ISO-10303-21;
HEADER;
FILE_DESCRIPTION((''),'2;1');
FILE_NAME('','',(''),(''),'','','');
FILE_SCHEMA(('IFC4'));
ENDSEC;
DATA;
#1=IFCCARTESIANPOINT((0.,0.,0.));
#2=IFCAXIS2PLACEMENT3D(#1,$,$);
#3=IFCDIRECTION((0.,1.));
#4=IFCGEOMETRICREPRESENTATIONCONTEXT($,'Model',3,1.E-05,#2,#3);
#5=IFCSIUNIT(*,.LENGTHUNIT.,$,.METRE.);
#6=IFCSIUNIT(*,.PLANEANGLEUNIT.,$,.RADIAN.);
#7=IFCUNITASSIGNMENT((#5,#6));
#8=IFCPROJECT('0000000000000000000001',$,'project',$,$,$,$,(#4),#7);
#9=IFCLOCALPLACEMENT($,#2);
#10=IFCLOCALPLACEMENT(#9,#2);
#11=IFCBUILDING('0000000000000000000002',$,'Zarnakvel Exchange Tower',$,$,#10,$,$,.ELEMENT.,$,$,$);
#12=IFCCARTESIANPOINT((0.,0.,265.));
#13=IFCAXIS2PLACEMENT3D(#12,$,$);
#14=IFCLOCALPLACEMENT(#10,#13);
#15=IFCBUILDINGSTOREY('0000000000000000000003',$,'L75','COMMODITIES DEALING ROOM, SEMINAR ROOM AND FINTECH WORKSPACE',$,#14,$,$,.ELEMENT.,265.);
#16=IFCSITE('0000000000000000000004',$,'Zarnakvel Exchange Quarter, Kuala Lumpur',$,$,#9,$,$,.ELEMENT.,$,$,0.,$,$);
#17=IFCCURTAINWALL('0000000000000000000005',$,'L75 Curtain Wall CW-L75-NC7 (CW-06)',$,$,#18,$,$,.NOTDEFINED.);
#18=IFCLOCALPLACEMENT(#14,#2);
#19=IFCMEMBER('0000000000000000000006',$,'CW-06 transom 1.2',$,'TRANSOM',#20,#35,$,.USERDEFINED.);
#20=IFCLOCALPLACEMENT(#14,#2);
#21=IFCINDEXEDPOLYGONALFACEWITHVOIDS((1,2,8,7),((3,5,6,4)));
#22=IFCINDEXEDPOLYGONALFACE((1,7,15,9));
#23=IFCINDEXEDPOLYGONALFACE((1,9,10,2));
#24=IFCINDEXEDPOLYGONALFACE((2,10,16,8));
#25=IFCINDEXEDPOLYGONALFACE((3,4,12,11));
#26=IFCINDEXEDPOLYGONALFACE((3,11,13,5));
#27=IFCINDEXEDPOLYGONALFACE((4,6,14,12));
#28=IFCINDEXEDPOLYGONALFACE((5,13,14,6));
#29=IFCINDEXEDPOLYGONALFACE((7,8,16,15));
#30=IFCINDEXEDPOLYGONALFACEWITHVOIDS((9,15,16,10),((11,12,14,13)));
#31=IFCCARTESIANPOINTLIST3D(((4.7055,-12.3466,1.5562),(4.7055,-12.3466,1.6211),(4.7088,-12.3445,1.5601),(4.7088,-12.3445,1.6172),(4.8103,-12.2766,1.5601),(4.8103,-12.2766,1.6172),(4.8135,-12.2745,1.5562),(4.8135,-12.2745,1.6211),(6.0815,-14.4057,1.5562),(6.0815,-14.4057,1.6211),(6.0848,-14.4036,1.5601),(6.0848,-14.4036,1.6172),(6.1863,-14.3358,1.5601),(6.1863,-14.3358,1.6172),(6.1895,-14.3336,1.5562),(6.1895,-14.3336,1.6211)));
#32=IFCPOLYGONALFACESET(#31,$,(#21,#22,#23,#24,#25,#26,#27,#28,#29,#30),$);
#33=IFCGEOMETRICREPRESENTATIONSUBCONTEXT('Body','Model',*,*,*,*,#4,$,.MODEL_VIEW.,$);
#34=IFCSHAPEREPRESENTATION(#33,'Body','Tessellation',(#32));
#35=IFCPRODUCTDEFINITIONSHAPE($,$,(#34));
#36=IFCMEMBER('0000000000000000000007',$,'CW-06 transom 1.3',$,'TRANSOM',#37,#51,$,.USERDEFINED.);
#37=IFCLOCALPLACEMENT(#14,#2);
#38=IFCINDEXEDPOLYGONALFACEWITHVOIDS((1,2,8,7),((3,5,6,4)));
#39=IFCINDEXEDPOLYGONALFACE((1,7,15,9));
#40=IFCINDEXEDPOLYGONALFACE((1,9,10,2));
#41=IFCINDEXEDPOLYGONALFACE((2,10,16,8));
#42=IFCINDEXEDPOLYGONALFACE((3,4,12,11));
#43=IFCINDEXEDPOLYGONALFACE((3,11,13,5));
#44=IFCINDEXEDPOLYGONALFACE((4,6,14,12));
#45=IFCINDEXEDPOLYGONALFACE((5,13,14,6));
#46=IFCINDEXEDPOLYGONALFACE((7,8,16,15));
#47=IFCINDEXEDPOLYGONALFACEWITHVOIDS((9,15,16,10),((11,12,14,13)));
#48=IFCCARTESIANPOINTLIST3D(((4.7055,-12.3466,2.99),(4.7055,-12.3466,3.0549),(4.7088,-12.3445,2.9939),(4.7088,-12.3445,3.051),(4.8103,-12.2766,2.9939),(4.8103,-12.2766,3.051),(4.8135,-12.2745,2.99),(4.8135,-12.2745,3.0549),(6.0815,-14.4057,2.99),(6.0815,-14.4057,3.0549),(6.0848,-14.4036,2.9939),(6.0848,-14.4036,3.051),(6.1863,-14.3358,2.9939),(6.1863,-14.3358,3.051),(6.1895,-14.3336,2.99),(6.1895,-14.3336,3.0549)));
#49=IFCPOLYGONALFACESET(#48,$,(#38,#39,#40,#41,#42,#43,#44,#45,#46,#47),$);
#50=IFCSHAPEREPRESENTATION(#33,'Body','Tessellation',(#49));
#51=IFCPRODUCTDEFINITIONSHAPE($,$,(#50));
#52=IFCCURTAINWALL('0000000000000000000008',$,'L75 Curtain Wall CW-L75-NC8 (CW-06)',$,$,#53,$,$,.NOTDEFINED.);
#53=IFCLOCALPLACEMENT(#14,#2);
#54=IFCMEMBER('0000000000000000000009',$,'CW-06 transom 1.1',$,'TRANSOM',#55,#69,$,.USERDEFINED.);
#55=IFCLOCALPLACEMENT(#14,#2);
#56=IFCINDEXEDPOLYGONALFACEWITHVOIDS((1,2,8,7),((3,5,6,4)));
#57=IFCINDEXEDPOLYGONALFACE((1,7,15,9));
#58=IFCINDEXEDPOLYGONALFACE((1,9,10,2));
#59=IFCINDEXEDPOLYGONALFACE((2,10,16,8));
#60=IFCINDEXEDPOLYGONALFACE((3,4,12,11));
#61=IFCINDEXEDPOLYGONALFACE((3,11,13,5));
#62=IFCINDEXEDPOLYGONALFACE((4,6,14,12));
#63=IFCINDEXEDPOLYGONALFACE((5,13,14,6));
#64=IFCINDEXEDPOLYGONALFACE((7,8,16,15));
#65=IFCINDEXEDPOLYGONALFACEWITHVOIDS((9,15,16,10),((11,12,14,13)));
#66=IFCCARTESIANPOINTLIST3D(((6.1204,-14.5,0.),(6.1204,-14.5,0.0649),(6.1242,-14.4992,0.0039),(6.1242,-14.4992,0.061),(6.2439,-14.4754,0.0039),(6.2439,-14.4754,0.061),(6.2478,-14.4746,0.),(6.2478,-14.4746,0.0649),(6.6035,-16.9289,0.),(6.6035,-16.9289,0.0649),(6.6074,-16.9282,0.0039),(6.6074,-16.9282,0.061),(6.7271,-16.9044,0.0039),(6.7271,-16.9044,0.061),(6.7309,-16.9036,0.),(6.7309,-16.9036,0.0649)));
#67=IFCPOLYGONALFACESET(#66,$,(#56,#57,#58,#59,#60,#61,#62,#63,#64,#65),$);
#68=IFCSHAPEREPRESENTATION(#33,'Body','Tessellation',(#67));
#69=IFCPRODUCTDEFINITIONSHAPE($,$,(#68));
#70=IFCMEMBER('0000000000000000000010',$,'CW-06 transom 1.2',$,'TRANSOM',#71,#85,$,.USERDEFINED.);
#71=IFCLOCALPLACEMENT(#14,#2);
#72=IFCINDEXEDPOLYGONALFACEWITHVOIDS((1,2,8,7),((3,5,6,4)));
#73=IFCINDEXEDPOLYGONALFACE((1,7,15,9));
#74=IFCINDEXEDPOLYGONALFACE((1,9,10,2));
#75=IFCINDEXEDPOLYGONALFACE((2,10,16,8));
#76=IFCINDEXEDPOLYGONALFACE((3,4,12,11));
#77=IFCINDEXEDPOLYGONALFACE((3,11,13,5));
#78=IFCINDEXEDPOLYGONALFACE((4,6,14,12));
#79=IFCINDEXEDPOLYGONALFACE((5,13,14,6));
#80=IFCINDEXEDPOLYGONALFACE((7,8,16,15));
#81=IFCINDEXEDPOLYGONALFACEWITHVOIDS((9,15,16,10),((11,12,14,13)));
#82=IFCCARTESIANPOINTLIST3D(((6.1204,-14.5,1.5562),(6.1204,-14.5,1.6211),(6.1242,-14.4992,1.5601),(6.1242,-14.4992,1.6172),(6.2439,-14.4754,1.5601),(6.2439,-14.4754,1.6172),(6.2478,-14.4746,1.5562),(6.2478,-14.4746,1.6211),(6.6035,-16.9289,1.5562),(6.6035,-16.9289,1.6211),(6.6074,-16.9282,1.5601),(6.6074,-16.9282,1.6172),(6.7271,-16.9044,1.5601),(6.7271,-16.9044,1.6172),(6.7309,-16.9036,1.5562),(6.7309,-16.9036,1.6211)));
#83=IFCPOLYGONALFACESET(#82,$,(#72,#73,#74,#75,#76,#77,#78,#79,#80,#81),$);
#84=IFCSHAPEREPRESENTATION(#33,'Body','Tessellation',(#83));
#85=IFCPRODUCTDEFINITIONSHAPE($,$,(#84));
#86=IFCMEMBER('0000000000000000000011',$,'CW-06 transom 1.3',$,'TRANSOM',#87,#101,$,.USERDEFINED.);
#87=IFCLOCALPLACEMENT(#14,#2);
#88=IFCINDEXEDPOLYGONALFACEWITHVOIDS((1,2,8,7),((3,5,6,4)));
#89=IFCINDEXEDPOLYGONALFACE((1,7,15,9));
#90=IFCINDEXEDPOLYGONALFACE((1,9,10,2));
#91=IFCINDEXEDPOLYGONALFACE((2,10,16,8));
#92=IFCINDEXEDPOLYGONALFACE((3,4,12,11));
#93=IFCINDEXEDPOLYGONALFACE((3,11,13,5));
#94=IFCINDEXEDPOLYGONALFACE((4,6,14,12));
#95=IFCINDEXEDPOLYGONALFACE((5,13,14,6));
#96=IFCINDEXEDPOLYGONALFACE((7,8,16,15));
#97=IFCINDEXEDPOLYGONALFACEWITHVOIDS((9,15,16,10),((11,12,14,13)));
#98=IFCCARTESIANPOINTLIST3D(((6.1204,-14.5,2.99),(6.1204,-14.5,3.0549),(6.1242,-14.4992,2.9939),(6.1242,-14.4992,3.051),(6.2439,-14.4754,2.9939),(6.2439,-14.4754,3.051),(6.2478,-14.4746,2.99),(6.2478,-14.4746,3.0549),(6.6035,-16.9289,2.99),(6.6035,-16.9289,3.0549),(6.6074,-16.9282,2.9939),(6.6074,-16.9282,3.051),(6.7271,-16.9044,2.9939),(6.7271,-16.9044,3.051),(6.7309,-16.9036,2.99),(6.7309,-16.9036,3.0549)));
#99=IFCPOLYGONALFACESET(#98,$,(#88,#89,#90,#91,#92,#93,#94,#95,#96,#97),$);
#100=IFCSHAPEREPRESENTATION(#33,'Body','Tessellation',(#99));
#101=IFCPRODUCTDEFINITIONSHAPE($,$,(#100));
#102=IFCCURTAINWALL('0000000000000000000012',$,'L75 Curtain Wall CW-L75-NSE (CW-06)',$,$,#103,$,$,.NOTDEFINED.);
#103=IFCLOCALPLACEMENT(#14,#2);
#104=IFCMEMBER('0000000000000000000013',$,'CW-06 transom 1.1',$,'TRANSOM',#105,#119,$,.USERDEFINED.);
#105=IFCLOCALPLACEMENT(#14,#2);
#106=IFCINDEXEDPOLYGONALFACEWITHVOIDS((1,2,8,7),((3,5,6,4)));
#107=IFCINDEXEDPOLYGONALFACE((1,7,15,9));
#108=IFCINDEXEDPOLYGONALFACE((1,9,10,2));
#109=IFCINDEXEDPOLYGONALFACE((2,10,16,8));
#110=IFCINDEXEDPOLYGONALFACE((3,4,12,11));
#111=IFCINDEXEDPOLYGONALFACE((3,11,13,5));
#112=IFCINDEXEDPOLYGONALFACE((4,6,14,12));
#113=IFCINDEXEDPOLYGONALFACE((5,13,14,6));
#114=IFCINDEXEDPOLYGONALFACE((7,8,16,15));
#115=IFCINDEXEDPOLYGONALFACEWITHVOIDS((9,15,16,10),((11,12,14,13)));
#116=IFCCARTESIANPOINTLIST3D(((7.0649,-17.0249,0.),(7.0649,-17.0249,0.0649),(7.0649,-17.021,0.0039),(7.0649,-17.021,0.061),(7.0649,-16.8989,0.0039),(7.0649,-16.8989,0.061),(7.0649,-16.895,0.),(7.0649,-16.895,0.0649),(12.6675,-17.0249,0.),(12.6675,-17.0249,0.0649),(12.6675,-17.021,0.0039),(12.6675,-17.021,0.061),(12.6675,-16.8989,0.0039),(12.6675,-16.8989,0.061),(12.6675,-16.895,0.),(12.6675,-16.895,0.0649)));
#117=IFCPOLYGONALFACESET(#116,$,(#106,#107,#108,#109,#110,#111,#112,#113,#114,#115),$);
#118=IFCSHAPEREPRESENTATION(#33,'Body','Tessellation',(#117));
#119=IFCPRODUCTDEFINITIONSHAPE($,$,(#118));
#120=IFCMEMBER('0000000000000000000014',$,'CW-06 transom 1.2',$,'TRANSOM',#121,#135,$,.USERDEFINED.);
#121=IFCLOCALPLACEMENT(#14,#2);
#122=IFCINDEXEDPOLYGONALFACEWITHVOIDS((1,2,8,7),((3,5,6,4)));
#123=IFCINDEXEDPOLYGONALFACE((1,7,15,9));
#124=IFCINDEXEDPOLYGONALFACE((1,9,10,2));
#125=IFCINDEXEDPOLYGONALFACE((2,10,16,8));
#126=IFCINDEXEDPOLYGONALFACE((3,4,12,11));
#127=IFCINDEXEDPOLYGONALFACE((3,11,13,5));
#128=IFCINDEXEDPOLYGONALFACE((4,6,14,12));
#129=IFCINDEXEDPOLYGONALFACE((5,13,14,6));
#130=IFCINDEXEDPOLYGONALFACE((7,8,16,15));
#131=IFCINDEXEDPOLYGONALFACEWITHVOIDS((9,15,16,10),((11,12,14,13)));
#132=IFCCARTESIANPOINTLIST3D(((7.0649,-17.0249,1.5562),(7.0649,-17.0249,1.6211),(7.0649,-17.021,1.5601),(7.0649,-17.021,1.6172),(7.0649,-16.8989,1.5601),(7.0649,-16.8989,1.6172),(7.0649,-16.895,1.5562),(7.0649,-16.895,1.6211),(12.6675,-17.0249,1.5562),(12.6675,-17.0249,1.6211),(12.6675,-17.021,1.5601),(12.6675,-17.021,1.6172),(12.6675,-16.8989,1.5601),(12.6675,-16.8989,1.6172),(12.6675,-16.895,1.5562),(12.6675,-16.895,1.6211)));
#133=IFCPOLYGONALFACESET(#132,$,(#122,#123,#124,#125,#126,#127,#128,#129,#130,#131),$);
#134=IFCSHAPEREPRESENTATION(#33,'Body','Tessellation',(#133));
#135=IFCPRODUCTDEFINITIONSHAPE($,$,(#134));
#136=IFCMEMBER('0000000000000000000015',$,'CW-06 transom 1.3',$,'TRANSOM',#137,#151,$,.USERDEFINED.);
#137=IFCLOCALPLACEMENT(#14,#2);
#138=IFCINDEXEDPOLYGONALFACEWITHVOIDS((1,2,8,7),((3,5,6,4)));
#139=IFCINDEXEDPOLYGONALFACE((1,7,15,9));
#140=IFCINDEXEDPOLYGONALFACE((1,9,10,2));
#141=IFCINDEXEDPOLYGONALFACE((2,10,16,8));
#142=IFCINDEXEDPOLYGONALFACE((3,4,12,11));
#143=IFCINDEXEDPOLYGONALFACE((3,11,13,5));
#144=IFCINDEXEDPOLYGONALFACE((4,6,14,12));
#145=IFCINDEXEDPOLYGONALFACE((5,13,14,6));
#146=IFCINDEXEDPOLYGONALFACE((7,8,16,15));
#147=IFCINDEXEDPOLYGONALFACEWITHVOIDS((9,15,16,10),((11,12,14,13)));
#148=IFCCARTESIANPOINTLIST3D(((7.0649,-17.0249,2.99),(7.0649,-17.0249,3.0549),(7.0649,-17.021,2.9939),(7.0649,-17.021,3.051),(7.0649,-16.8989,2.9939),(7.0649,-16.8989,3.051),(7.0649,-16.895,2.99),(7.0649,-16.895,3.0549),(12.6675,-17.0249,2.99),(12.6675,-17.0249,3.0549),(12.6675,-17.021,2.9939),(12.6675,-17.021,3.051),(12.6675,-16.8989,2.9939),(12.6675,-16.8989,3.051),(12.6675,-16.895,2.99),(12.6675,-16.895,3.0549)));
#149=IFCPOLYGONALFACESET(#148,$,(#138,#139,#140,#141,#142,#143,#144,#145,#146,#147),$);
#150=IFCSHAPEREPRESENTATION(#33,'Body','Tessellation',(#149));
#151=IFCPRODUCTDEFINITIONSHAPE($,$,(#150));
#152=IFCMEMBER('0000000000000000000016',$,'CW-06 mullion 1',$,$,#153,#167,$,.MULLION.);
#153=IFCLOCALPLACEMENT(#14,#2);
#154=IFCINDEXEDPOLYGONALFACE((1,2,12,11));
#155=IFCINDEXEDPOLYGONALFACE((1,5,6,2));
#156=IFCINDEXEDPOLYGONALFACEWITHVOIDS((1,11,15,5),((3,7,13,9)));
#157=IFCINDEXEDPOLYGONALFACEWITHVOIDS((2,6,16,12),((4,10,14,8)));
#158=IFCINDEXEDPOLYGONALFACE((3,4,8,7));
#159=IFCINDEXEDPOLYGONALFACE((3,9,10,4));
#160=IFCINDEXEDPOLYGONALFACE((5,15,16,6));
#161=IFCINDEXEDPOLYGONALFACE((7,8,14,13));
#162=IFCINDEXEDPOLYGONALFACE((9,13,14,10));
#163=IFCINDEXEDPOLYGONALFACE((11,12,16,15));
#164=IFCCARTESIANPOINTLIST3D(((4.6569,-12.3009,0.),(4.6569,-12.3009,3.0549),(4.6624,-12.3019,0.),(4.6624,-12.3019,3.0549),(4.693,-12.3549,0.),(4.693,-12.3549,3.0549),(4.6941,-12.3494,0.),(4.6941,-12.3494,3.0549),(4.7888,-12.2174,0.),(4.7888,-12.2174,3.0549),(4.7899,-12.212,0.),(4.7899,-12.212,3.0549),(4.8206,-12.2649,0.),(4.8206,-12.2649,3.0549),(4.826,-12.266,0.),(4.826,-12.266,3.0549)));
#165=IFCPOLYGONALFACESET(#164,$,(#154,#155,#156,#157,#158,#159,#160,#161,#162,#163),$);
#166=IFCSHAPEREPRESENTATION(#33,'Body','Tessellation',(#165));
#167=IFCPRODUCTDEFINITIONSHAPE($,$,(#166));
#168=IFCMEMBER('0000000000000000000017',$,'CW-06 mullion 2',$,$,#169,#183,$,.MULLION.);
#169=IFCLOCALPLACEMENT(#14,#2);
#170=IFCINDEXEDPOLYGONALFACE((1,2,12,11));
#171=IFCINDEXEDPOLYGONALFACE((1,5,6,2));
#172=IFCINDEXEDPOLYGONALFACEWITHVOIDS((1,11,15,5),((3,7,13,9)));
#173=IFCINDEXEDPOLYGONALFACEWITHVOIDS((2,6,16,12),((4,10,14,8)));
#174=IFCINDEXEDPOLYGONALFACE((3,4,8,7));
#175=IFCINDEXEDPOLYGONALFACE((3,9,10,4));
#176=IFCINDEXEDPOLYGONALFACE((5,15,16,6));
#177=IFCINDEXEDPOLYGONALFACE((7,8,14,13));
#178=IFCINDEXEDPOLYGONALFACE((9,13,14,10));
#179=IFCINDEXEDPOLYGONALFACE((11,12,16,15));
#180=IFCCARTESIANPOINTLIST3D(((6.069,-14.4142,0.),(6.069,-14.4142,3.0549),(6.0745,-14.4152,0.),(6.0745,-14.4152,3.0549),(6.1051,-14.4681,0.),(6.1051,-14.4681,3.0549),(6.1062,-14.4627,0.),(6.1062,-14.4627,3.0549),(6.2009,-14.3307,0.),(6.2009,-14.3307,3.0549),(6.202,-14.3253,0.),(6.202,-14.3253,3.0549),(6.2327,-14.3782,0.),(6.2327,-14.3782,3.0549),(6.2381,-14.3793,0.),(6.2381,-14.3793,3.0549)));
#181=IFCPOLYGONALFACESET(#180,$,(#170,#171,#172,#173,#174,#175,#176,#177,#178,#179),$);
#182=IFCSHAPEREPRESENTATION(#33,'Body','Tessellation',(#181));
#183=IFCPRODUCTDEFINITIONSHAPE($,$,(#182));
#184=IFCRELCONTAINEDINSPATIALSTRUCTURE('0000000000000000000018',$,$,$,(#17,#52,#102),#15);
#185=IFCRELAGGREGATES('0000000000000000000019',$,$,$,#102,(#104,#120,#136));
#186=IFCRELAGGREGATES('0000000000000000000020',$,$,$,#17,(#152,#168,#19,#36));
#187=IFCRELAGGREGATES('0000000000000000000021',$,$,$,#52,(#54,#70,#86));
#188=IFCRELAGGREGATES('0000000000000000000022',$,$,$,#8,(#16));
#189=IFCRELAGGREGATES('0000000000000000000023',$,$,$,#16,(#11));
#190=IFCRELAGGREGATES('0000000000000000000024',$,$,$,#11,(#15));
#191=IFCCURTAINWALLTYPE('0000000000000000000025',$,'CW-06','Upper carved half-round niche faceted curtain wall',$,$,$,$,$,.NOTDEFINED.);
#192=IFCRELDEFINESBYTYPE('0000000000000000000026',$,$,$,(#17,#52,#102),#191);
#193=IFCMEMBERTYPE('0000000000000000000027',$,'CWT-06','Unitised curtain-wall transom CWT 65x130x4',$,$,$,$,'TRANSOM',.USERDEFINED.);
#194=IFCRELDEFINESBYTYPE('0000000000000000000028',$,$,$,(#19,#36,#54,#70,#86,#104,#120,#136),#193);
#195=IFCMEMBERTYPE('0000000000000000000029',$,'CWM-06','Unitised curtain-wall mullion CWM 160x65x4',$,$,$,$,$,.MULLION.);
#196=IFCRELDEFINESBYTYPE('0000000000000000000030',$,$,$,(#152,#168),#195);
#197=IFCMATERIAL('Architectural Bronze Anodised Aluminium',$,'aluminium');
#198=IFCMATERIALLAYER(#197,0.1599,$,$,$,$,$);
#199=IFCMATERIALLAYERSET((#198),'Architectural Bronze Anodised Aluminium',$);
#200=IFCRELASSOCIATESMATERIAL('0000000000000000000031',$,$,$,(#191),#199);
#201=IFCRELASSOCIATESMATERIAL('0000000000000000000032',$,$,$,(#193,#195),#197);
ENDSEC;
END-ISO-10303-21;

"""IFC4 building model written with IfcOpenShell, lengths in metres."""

from ifc_helpers import new_model, si_unit, direction, frame, origin, origin_2d, place, context, subcontext, project, spatial, hollow_rectangle, extrude, source, transform, mapped, material, layer, layer_set, material_profile, profile_set, type_object, element, aggregate, save


model = new_model("IFC4")

# Units and contexts
model_context = context("Model", 3, precision=1e-05, world=origin(), true_north=direction((0.0, 1.0)))
body_context = subcontext(model_context, "Body", "Model", "MODEL_VIEW")
ifc_project = project(units=[si_unit("LENGTHUNIT", "METRE"), si_unit("PLANEANGLEUNIT", "RADIAN")], contexts=[model_context])

# Site, building, storey
site_placement = place(None, origin())
site = spatial("IfcSite", under=ifc_project, at=site_placement, Name="Zarnakvel Exchange Quarter, Kuala Lumpur", CompositionType="ELEMENT", RefElevation=0.0)
building_placement = place(site_placement, origin())
building = spatial("IfcBuilding", under=site, at=building_placement, Name="Zarnakvel Exchange Tower", CompositionType="ELEMENT")
storey_placement = place(building_placement, frame((0.0, 0.0, 265.0)))
storey = spatial("IfcBuildingStorey", under=building, at=storey_placement, Name="L75", Description="COMMODITIES DEALING ROOM, SEMINAR ROOM AND FINTECH WORKSPACE", CompositionType="ELEMENT", Elevation=265.0)

# Curtain walls, members
ifc_material_1 = material(Name="Architectural Bronze Anodised Aluminium", Category="aluminium")
ifc_layer_1 = layer(ifc_material_1, 0.1599)
ifc_layer_set_1 = layer_set([ifc_layer_1], Name="Architectural Bronze Anodised Aluminium")
curtain_wall_type = type_object("IfcCurtainWallType", Name="CW-06", Description="Upper carved half-round niche faceted curtain wall", PredefinedType="NOTDEFINED", material=ifc_layer_set_1)
curtain_wall_1_placement = place(storey_placement, origin())
curtain_wall_1 = element("IfcCurtainWall", 1, at=curtain_wall_1_placement, inside=storey, type_object=curtain_wall_type, Name="L75 Curtain Wall CW-L75-NC7 (CW-06)", PredefinedType="NOTDEFINED")
ifc_material_profile_1 = material_profile(ifc_material_1, hollow_rectangle(XDim=0.1299, YDim=0.0649, WallThickness=0.0039, at=origin_2d()))
ifc_profile_set_1 = profile_set([ifc_material_profile_1], Name="Architectural Bronze Anodised Aluminium")
member_type_1 = type_object("IfcMemberType", Name="CWT-06", Description="Unitised curtain-wall transom CWT 65x130x4", ElementType="TRANSOM", PredefinedType="USERDEFINED", material=ifc_profile_set_1)
shared_shape_1 = source(origin(), body_context, "Body", "SweptSolid", [
    extrude(hollow_rectangle(XDim=0.1299, YDim=0.0649, WallThickness=0.0039, at=origin_2d()), origin(), (0.0, 0.0, 1.0), 2.4766),
])
member_1_placement = place(storey_placement, frame((4.7595, -12.3105, 1.5886), z_axis=(0.55561, -0.831443, 0.0), x_axis=(0.831443, 0.55561, 0.0)))
member_1 = element("IfcMember", 2, at=member_1_placement, type_object=member_type_1, Name="CW-06 transom 1.2", ObjectType="TRANSOM", PredefinedType="USERDEFINED", context=body_context, shape_type="MappedRepresentation", body=[
    mapped(shared_shape_1, transform((0.0, 0.0, 0.0), x_axis=(1.0, 0.0, 0.0), y_axis=(0.0, 1.0, 0.0), z_axis=(0.0, 0.0, 1.0), scale=1.0)),
])
member_2_placement = place(storey_placement, frame((4.7595, -12.3105, 3.0225), z_axis=(0.55561, -0.831443, 0.0), x_axis=(0.831443, 0.55561, 0.0)))
member_2 = element("IfcMember", 3, at=member_2_placement, type_object=member_type_1, Name="CW-06 transom 1.3", ObjectType="TRANSOM", PredefinedType="USERDEFINED", context=body_context, shape_type="MappedRepresentation", body=[
    mapped(shared_shape_1, transform((0.0, 0.0, 0.0), x_axis=(1.0, 0.0, 0.0), y_axis=(0.0, 1.0, 0.0), z_axis=(0.0, 0.0, 1.0), scale=1.0)),
])
curtain_wall_2_placement = place(storey_placement, origin())
curtain_wall_2 = element("IfcCurtainWall", 4, at=curtain_wall_2_placement, inside=storey, type_object=curtain_wall_type, Name="L75 Curtain Wall CW-L75-NC8 (CW-06)", PredefinedType="NOTDEFINED")
member_3_placement = place(storey_placement, frame((6.1841, -14.4873, 0.0325), z_axis=(0.195092, -0.980785, 0.0), x_axis=(0.980785, 0.195092, 0.0)))
member_3 = element("IfcMember", 5, at=member_3_placement, type_object=member_type_1, Name="CW-06 transom 1.1", ObjectType="TRANSOM", PredefinedType="USERDEFINED", context=body_context, shape_type="MappedRepresentation", body=[
    mapped(shared_shape_1, transform((0.0, 0.0, 0.0), x_axis=(1.0, 0.0, 0.0), y_axis=(0.0, 1.0, 0.0), z_axis=(0.0, 0.0, 1.0), scale=1.0)),
])
member_4_placement = place(storey_placement, frame((6.1841, -14.4873, 1.5886), z_axis=(0.195092, -0.980785, 0.0), x_axis=(0.980785, 0.195092, 0.0)))
member_4 = element("IfcMember", 6, at=member_4_placement, type_object=member_type_1, Name="CW-06 transom 1.2", ObjectType="TRANSOM", PredefinedType="USERDEFINED", context=body_context, shape_type="MappedRepresentation", body=[
    mapped(shared_shape_1, transform((0.0, 0.0, 0.0), x_axis=(1.0, 0.0, 0.0), y_axis=(0.0, 1.0, 0.0), z_axis=(0.0, 0.0, 1.0), scale=1.0)),
])
member_5_placement = place(storey_placement, frame((6.1841, -14.4873, 3.0225), z_axis=(0.195092, -0.980785, 0.0), x_axis=(0.980785, 0.195092, 0.0)))
member_5 = element("IfcMember", 7, at=member_5_placement, type_object=member_type_1, Name="CW-06 transom 1.3", ObjectType="TRANSOM", PredefinedType="USERDEFINED", context=body_context, shape_type="MappedRepresentation", body=[
    mapped(shared_shape_1, transform((0.0, 0.0, 0.0), x_axis=(1.0, 0.0, 0.0), y_axis=(0.0, 1.0, 0.0), z_axis=(0.0, 0.0, 1.0), scale=1.0)),
])
curtain_wall_3_placement = place(storey_placement, origin())
curtain_wall_3 = element("IfcCurtainWall", 8, at=curtain_wall_3_placement, inside=storey, type_object=curtain_wall_type, Name="L75 Curtain Wall CW-L75-NSE (CW-06)", PredefinedType="NOTDEFINED")
shared_shape_2 = source(origin(), body_context, "Body", "SweptSolid", [
    extrude(hollow_rectangle(XDim=0.1299, YDim=0.0649, WallThickness=0.0039, at=origin_2d()), origin(), (0.0, 0.0, 1.0), 5.6025),
])
member_6_placement = place(storey_placement, frame((7.0649, -16.96, 0.0325), z_axis=(1.0, 0.0, 0.0), x_axis=(0.0, 1.0, 0.0)))
member_6 = element("IfcMember", 9, at=member_6_placement, type_object=member_type_1, Name="CW-06 transom 1.1", ObjectType="TRANSOM", PredefinedType="USERDEFINED", context=body_context, shape_type="MappedRepresentation", body=[
    mapped(shared_shape_2, transform((0.0, 0.0, 0.0), x_axis=(1.0, 0.0, 0.0), y_axis=(0.0, 1.0, 0.0), z_axis=(0.0, 0.0, 1.0), scale=1.0)),
])
member_7_placement = place(storey_placement, frame((7.0649, -16.96, 1.5886), z_axis=(1.0, 0.0, 0.0), x_axis=(0.0, 1.0, 0.0)))
member_7 = element("IfcMember", 10, at=member_7_placement, type_object=member_type_1, Name="CW-06 transom 1.2", ObjectType="TRANSOM", PredefinedType="USERDEFINED", context=body_context, shape_type="MappedRepresentation", body=[
    mapped(shared_shape_2, transform((0.0, 0.0, 0.0), x_axis=(1.0, 0.0, 0.0), y_axis=(0.0, 1.0, 0.0), z_axis=(0.0, 0.0, 1.0), scale=1.0)),
])
member_8_placement = place(storey_placement, frame((7.0649, -16.96, 3.0225), z_axis=(1.0, 0.0, 0.0), x_axis=(0.0, 1.0, 0.0)))
member_8 = element("IfcMember", 11, at=member_8_placement, type_object=member_type_1, Name="CW-06 transom 1.3", ObjectType="TRANSOM", PredefinedType="USERDEFINED", context=body_context, shape_type="MappedRepresentation", body=[
    mapped(shared_shape_2, transform((0.0, 0.0, 0.0), x_axis=(1.0, 0.0, 0.0), y_axis=(0.0, 1.0, 0.0), z_axis=(0.0, 0.0, 1.0), scale=1.0)),
])

# Members
ifc_material_profile_2 = material_profile(ifc_material_1, hollow_rectangle(XDim=0.1599, YDim=0.0649, WallThickness=0.0039, at=origin_2d()))
ifc_profile_set_2 = profile_set([ifc_material_profile_2], Name="Architectural Bronze Anodised Aluminium")
member_type_2 = type_object("IfcMemberType", Name="CWM-06", Description="Unitised curtain-wall mullion CWM 160x65x4", PredefinedType="MULLION", material=ifc_profile_set_2)
shared_shape_3 = source(origin(), body_context, "Body", "SweptSolid", [
    extrude(hollow_rectangle(XDim=0.1599, YDim=0.0649, WallThickness=0.0039, at=origin_2d()), origin(), (0.0, 0.0, 1.0), 3.0549),
])
member_9_placement = place(storey_placement, frame((4.7415, -12.2834, 0.0), z_axis=(0.0, 0.0, 1.0), x_axis=(0.83147, 0.55557, 0.0)))
member_9 = element("IfcMember", 12, at=member_9_placement, type_object=member_type_2, Name="CW-06 mullion 1", PredefinedType="MULLION", context=body_context, shape_type="MappedRepresentation", body=[
    mapped(shared_shape_3, transform((0.0, 0.0, 0.0), x_axis=(1.0, 0.0, 0.0), y_axis=(0.0, 1.0, 0.0), z_axis=(0.0, 0.0, 1.0), scale=1.0)),
])
member_10_placement = place(storey_placement, frame((6.1536, -14.3967, 0.0), z_axis=(0.0, 0.0, 1.0), x_axis=(0.83147, 0.55557, 0.0)))
member_10 = element("IfcMember", 13, at=member_10_placement, type_object=member_type_2, Name="CW-06 mullion 2", PredefinedType="MULLION", context=body_context, shape_type="MappedRepresentation", body=[
    mapped(shared_shape_3, transform((0.0, 0.0, 0.0), x_axis=(1.0, 0.0, 0.0), y_axis=(0.0, 1.0, 0.0), z_axis=(0.0, 0.0, 1.0), scale=1.0)),
])
aggregate(curtain_wall_3, [member_6, member_7, member_8])

aggregate(curtain_wall_1, [member_9, member_10, member_1, member_2])
aggregate(curtain_wall_2, [member_3, member_4, member_5])

save(model, "model.ifc")
